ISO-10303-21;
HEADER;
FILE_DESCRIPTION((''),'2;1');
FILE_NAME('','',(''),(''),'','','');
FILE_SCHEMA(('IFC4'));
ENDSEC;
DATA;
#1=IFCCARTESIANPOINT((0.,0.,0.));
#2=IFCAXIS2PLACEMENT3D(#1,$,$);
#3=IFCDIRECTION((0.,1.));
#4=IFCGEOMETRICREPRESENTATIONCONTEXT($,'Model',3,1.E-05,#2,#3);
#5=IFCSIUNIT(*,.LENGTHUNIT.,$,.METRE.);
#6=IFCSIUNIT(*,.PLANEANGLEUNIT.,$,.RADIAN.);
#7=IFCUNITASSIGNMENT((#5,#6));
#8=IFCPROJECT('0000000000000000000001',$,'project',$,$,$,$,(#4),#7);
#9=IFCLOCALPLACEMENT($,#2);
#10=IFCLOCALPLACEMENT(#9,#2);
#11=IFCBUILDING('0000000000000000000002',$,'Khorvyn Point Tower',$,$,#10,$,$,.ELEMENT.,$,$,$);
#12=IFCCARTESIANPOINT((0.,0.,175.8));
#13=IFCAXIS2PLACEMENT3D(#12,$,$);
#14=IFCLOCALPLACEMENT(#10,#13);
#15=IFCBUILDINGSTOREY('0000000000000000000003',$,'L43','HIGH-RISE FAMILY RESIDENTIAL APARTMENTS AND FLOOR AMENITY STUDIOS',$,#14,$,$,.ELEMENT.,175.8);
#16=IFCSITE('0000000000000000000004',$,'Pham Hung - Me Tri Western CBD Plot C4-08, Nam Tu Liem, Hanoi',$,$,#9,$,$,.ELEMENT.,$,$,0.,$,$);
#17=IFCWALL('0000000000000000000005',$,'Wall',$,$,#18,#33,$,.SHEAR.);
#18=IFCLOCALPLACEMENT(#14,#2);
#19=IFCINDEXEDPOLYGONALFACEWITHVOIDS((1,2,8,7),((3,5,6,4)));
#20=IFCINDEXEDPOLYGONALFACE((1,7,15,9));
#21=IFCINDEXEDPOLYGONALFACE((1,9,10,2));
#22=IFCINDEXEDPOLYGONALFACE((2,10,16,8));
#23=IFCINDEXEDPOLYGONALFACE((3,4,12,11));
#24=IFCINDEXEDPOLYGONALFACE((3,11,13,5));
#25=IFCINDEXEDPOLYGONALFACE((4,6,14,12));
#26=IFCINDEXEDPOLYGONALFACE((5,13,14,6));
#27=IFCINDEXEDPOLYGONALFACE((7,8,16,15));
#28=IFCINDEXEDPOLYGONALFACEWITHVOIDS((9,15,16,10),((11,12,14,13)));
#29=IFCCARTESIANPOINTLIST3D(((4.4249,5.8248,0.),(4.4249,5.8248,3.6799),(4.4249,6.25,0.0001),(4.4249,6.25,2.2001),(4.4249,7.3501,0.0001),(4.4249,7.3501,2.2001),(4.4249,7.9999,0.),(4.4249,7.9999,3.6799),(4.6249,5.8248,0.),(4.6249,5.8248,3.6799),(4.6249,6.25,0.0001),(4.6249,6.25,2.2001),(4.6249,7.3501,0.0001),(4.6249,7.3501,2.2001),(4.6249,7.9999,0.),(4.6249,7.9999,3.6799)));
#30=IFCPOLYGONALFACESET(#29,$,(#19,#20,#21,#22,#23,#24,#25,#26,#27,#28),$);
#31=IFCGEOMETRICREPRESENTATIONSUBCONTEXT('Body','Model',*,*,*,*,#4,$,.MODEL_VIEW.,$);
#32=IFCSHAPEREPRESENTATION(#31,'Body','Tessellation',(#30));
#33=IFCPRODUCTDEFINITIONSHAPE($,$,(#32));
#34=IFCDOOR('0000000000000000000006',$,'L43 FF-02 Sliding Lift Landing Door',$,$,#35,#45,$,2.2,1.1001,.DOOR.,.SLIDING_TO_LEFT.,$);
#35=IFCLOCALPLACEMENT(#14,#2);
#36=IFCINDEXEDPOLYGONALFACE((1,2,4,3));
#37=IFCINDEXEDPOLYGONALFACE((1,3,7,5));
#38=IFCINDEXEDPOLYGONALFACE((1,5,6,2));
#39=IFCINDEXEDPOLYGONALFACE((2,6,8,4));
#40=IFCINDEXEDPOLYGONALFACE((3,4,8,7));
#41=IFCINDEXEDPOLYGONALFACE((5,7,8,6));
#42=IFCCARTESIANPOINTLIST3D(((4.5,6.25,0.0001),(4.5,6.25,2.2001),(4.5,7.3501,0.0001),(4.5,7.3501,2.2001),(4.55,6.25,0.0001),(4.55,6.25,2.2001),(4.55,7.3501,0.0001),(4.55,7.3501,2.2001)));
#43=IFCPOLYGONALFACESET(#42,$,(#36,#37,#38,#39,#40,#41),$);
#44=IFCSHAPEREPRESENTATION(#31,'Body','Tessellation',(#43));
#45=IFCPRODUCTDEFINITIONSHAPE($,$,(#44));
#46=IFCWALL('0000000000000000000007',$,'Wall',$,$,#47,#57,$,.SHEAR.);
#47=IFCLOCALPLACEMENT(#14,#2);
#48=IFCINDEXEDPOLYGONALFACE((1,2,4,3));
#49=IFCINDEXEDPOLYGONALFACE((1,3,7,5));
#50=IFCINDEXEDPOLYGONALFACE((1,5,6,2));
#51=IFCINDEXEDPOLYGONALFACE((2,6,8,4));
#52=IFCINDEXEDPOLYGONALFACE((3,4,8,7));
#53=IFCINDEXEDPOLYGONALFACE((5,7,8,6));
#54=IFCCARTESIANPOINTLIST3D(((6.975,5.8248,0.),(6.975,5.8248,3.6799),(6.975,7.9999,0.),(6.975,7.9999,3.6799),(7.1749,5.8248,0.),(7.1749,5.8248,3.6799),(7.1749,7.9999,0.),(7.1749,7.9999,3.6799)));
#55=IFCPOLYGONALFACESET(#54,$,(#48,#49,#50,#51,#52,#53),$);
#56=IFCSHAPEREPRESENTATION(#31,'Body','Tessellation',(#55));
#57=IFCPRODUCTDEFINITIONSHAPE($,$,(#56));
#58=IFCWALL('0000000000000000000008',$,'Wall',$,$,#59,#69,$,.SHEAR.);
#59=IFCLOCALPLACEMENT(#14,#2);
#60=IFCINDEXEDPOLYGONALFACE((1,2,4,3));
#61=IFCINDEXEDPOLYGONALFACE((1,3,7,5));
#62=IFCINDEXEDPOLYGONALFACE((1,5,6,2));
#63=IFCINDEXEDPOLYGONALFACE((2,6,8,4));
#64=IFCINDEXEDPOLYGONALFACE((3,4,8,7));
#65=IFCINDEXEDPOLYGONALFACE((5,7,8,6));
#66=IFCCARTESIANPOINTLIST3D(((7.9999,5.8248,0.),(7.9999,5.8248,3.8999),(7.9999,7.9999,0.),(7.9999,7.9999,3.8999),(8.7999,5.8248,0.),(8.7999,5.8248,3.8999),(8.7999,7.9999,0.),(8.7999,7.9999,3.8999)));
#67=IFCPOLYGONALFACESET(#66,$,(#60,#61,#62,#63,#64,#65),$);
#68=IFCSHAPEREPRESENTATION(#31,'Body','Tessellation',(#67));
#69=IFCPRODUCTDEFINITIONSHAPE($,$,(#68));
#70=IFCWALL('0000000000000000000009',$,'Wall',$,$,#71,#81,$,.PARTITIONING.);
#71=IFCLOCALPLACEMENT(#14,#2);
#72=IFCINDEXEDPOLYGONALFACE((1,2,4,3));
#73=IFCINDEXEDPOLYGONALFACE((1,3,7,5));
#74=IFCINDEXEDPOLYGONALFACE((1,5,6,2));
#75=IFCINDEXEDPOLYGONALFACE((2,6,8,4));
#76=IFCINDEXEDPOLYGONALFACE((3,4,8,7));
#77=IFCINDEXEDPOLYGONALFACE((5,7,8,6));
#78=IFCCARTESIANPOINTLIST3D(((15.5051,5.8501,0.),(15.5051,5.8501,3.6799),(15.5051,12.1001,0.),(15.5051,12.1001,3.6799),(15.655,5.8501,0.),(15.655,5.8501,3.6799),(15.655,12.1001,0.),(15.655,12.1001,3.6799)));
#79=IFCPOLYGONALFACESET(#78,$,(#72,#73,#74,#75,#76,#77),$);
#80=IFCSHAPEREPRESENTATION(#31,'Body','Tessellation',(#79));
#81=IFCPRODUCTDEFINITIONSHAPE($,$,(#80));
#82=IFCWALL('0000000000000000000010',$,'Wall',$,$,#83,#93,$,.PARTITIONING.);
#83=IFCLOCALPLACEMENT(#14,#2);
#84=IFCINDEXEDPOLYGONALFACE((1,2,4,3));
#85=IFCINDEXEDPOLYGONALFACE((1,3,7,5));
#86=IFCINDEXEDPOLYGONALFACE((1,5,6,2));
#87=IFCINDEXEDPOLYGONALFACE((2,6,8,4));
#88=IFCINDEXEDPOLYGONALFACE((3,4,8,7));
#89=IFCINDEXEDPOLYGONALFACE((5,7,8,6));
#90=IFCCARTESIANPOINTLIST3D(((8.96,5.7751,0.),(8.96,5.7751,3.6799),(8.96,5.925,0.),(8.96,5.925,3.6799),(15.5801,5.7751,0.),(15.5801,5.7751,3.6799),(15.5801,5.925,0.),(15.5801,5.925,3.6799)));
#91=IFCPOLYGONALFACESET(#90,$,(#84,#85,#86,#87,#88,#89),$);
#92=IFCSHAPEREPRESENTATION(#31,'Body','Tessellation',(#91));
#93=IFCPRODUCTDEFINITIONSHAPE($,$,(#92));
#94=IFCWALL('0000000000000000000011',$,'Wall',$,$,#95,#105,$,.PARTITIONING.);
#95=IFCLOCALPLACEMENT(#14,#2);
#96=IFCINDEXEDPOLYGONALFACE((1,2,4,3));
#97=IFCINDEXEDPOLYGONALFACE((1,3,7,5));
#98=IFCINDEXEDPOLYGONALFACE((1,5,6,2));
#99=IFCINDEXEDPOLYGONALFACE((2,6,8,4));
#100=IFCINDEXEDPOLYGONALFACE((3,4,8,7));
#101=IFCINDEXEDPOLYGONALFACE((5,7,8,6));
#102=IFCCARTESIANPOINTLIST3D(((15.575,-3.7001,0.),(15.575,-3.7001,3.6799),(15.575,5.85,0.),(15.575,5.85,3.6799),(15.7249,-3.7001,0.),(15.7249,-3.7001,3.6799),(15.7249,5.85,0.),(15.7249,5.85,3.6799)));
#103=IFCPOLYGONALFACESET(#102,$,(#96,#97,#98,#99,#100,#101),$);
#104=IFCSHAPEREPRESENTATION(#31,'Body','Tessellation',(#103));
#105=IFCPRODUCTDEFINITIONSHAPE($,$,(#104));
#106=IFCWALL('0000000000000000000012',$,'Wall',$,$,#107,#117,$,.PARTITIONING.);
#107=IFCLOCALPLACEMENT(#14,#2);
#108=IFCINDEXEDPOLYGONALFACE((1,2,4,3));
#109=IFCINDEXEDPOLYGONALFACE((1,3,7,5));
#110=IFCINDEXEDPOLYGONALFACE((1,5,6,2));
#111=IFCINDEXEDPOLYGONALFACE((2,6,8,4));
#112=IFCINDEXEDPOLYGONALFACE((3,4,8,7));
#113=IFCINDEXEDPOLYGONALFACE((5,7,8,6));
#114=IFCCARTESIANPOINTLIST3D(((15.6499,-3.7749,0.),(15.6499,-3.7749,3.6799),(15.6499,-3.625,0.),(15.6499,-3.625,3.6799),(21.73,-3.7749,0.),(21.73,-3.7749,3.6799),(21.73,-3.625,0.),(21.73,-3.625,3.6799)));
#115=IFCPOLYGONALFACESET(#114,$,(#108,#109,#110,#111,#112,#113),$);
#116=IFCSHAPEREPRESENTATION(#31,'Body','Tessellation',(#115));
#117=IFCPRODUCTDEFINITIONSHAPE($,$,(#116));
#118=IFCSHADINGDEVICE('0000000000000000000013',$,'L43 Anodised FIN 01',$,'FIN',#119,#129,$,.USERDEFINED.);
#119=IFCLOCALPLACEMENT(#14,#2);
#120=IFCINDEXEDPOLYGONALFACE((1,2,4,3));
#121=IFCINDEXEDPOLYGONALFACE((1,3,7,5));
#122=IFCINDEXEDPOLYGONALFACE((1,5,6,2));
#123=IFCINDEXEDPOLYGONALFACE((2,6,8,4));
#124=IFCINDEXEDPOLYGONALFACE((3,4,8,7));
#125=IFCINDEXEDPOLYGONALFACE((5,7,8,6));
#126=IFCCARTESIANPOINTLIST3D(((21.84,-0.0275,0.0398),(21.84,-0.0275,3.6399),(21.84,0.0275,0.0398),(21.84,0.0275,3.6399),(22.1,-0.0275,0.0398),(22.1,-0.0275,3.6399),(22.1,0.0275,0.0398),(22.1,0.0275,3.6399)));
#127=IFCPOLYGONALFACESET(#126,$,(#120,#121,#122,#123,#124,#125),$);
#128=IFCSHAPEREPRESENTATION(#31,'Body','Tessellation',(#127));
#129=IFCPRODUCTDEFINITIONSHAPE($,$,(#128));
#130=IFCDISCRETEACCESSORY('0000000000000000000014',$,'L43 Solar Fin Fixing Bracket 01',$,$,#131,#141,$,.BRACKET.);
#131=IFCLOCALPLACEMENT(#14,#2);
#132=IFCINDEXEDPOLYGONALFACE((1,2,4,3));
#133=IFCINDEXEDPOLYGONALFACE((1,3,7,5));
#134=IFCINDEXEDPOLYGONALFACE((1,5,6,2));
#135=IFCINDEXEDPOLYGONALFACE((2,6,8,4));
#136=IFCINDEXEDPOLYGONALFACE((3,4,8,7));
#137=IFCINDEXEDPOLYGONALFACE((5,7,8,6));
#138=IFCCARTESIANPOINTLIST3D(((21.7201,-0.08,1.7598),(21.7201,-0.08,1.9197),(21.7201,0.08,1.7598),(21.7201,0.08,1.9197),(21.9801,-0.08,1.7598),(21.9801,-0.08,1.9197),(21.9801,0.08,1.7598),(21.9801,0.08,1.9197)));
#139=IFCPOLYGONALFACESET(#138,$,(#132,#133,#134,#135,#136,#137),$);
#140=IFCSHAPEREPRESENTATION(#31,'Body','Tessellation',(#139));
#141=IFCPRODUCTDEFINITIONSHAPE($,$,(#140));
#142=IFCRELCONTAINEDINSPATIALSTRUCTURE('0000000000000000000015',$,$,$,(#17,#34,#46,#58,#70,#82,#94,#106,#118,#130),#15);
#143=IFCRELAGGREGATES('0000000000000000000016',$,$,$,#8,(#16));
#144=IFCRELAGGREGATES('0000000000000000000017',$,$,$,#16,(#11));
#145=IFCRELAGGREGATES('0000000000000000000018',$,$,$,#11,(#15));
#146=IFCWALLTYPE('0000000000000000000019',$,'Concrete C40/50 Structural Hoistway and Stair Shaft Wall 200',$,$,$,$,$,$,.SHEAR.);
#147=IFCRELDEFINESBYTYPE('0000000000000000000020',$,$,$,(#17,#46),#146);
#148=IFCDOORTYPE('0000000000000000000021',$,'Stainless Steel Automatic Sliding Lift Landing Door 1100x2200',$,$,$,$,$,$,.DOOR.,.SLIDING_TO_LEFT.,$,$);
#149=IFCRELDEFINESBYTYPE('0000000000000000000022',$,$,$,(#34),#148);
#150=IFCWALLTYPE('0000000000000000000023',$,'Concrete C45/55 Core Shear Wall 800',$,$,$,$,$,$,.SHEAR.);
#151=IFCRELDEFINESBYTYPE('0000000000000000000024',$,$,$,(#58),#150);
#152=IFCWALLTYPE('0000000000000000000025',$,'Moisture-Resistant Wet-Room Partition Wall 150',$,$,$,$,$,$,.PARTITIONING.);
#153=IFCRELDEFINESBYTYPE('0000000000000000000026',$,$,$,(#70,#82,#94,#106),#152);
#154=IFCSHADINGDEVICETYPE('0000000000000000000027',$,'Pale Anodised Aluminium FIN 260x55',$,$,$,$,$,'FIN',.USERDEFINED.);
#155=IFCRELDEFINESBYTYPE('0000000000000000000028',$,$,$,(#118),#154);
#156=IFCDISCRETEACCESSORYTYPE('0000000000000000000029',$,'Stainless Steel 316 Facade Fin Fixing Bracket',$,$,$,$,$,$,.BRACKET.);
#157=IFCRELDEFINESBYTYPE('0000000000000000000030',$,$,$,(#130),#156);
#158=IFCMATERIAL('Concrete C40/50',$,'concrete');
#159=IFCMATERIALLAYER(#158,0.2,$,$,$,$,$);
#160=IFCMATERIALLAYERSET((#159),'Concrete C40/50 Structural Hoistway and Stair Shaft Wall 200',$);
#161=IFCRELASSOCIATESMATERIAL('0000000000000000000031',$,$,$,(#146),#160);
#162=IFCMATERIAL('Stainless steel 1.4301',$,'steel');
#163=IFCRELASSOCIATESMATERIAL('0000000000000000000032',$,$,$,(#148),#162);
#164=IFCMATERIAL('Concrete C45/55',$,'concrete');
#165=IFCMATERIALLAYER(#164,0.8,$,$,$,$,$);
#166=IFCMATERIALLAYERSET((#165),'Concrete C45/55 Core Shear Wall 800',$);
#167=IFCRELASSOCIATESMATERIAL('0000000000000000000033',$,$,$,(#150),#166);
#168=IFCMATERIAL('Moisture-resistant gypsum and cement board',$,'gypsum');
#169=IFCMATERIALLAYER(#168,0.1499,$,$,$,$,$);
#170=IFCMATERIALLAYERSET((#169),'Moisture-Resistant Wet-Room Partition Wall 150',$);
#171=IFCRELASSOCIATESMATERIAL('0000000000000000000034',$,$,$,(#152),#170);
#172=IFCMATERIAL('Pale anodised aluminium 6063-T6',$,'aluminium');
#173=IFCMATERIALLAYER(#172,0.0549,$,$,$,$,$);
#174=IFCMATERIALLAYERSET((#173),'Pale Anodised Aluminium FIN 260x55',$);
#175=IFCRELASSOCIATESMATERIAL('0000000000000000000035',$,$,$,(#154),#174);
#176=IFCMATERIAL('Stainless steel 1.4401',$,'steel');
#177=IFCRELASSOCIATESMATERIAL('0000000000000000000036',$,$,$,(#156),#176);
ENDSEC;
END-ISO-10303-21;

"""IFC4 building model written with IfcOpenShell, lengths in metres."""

from ifc_helpers import new_model, si_unit, direction, frame, frame_2d, origin, origin_2d, place, context, subcontext, project, spatial, rectangle, extrude, material, layer, layer_set, type_object, element, fill, save


model = new_model("IFC4")

# Units and contexts
model_context = context("Model", 3, precision=1e-05, world=origin(), true_north=direction((0.0, 1.0)))
body_context = subcontext(model_context, "Body", "Model", "MODEL_VIEW")
ifc_project = project(units=[si_unit("LENGTHUNIT", "METRE"), si_unit("PLANEANGLEUNIT", "RADIAN")], contexts=[model_context])

# Site, building, storey
site_placement = place(None, origin())
site = spatial("IfcSite", under=ifc_project, at=site_placement, Name="Pham Hung - Me Tri Western CBD Plot C4-08, Nam Tu Liem, Hanoi", CompositionType="ELEMENT", RefElevation=0.0)
building_placement = place(site_placement, origin())
building = spatial("IfcBuilding", under=site, at=building_placement, Name="Khorvyn Point Tower", CompositionType="ELEMENT")
storey_placement = place(building_placement, frame((0.0, 0.0, 175.8)))
storey = spatial("IfcBuildingStorey", under=building, at=storey_placement, Name="L43", Description="HIGH-RISE FAMILY RESIDENTIAL APARTMENTS AND FLOOR AMENITY STUDIOS", CompositionType="ELEMENT", Elevation=175.8)

# Shared definitions
ifc_material_1 = material(Name="Concrete C45/55", Category="concrete")

# Shared definitions
ifc_material_2 = material(Name="Concrete C40/50", Category="concrete")

# Wall, opening, door
ifc_layer_1 = layer(ifc_material_2, 0.2)
ifc_layer_set_1 = layer_set([ifc_layer_1], Name="Concrete C40/50 Structural Hoistway and Stair Shaft Wall 200")
wall_type_1 = type_object("IfcWallType", Name="Concrete C40/50 Structural Hoistway and Stair Shaft Wall 200", PredefinedType="SHEAR", material=ifc_layer_set_1)
wall_1_placement = place(storey_placement, frame((4.5249, 5.825, 0.0), z_axis=(0.0, 0.0, 1.0), x_axis=(0.0, 1.0, 0.0)))
wall_1 = element("IfcWall", 1, at=wall_1_placement, inside=storey, type_object=wall_type_1, Name="Wall", PredefinedType="SHEAR", context=body_context, shape_type="SweptSolid", body=[
    extrude(rectangle(XDim=2.175, YDim=0.2, at=frame_2d((1.0874, 0.0))), origin(), (0.0, 0.0, 1.0), 3.6799),
])
opening_1_placement = place(wall_1_placement, frame((0.425, 0.0, 0.0)))
opening_1 = element("IfcOpeningElement", 2, at=opening_1_placement, cuts=wall_1, PredefinedType="OPENING", context=body_context, shape_type="SweptSolid", body=[
    extrude(rectangle(XDim=1.1001, YDim=2.2, at=frame_2d((0.55, 1.1001))), frame((0.0, 0.1099, 0.0), z_axis=(0.0, -1.0, 0.0), x_axis=(1.0, 0.0, 0.0)), (0.0, 0.0, 1.0), 0.22),
])
ifc_material_3 = material(Name="Stainless steel 1.4301", Category="steel")
door_type_1 = type_object("IfcDoorType", Name="Stainless Steel Automatic Sliding Lift Landing Door 1100x2200", OperationType="SLIDING_TO_LEFT", PredefinedType="DOOR", material=ifc_material_3)
door_1_placement = place(opening_1_placement, origin())
door_1 = element("IfcDoor", 3, at=door_1_placement, inside=storey, type_object=door_type_1, Name="L43 FF-02 Sliding Lift Landing Door", OperationType="SLIDING_TO_LEFT", OverallHeight=2.2, OverallWidth=1.1001, PredefinedType="DOOR", context=body_context, shape_type="SweptSolid", body=[
    extrude(rectangle(XDim=1.1001, YDim=2.2, at=frame_2d((0.55, 1.1001))), frame((0.0, 0.0249, 0.0), z_axis=(0.0, -1.0, 0.0), x_axis=(1.0, 0.0, 0.0)), (0.0, 0.0, 1.0), 0.05),
])
fill(opening_1, door_1)

# Walls
wall_2_placement = place(storey_placement, frame((7.075, 5.825, 0.0), z_axis=(0.0, 0.0, 1.0), x_axis=(0.0, 1.0, 0.0)))
element("IfcWall", 4, at=wall_2_placement, inside=storey, type_object=wall_type_1, Name="Wall", PredefinedType="SHEAR", context=body_context, shape_type="SweptSolid", body=[
    extrude(rectangle(XDim=2.175, YDim=0.2, at=frame_2d((1.0874, 0.0))), origin(), (0.0, 0.0, 1.0), 3.6799),
])
ifc_layer_2 = layer(ifc_material_1, 0.8)
ifc_layer_set_2 = layer_set([ifc_layer_2], Name="Concrete C45/55 Core Shear Wall 800")
wall_type_2 = type_object("IfcWallType", Name="Concrete C45/55 Core Shear Wall 800", PredefinedType="SHEAR", material=ifc_layer_set_2)
wall_3_placement = place(storey_placement, frame((8.3999, 5.825, 0.0), z_axis=(0.0, 0.0, 1.0), x_axis=(0.0, 1.0, 0.0)))
element("IfcWall", 5, at=wall_3_placement, inside=storey, type_object=wall_type_2, Name="Wall", PredefinedType="SHEAR", context=body_context, shape_type="SweptSolid", body=[
    extrude(rectangle(XDim=2.175, YDim=0.8, at=frame_2d((1.0874, 0.0))), origin(), (0.0, 0.0, 1.0), 3.8999),
])
ifc_material_4 = material(Name="Moisture-resistant gypsum and cement board", Category="gypsum")
ifc_layer_3 = layer(ifc_material_4, 0.1499)
ifc_layer_set_3 = layer_set([ifc_layer_3], Name="Moisture-Resistant Wet-Room Partition Wall 150")
wall_type_3 = type_object("IfcWallType", Name="Moisture-Resistant Wet-Room Partition Wall 150", PredefinedType="PARTITIONING", material=ifc_layer_set_3)
wall_4_placement = place(storey_placement, frame((15.5801, 5.8501, 0.0), z_axis=(0.0, 0.0, 1.0), x_axis=(0.0, 1.0, 0.0)))
element("IfcWall", 6, at=wall_4_placement, inside=storey, type_object=wall_type_3, Name="Wall", PredefinedType="PARTITIONING", context=body_context, shape_type="SweptSolid", body=[
    extrude(rectangle(XDim=6.25, YDim=0.1499, at=frame_2d((3.125, 0.0))), origin(), (0.0, 0.0, 1.0), 3.6799),
])
wall_5_placement = place(storey_placement, frame((8.96, 5.8501, 0.0), z_axis=(0.0, 0.0, 1.0), x_axis=(1.0, 0.0, 0.0)))
element("IfcWall", 7, at=wall_5_placement, inside=storey, type_object=wall_type_3, Name="Wall", PredefinedType="PARTITIONING", context=body_context, shape_type="SweptSolid", body=[
    extrude(rectangle(XDim=6.6201, YDim=0.1499, at=frame_2d((3.3101, 0.0))), origin(), (0.0, 0.0, 1.0), 3.6799),
])
wall_6_placement = place(storey_placement, frame((15.6499, -3.7, 0.0), z_axis=(0.0, 0.0, 1.0), x_axis=(0.0, 1.0, 0.0)))
element("IfcWall", 8, at=wall_6_placement, inside=storey, type_object=wall_type_3, Name="Wall", PredefinedType="PARTITIONING", context=body_context, shape_type="SweptSolid", body=[
    extrude(rectangle(XDim=9.55, YDim=0.1499, at=frame_2d((4.7749, 0.0))), origin(), (0.0, 0.0, 1.0), 3.6799),
])
wall_7_placement = place(storey_placement, frame((15.6499, -3.7, 0.0), z_axis=(0.0, 0.0, 1.0), x_axis=(1.0, 0.0, 0.0)))
element("IfcWall", 9, at=wall_7_placement, inside=storey, type_object=wall_type_3, Name="Wall", PredefinedType="PARTITIONING", context=body_context, shape_type="SweptSolid", body=[
    extrude(rectangle(XDim=6.0801, YDim=0.1499, at=frame_2d((3.04, 0.0))), origin(), (0.0, 0.0, 1.0), 3.6799),
])

# Shading device
ifc_material_5 = material(Name="Pale anodised aluminium 6063-T6", Category="aluminium")
ifc_layer_4 = layer(ifc_material_5, 0.0549)
ifc_layer_set_4 = layer_set([ifc_layer_4], Name="Pale Anodised Aluminium FIN 260x55")
shading_device_type = type_object("IfcShadingDeviceType", Name="Pale Anodised Aluminium FIN 260x55", ElementType="FIN", PredefinedType="USERDEFINED", material=ifc_layer_set_4)
shading_device_placement = place(storey_placement, frame((21.97, 0.0, 0.0398), z_axis=(0.0, 0.0, 1.0), x_axis=(1.0, 0.0, 0.0)))
element("IfcShadingDevice", 10, at=shading_device_placement, inside=storey, type_object=shading_device_type, Name="L43 Anodised FIN 01", ObjectType="FIN", PredefinedType="USERDEFINED", context=body_context, shape_type="SweptSolid", body=[
    extrude(rectangle(XDim=0.26, YDim=0.0549, at=origin_2d()), origin(), (0.0, 0.0, 1.0), 3.6001),
])

# Discrete accessory
ifc_material_6 = material(Name="Stainless steel 1.4401", Category="steel")
discrete_accessory_type = type_object("IfcDiscreteAccessoryType", Name="Stainless Steel 316 Facade Fin Fixing Bracket", PredefinedType="BRACKET", material=ifc_material_6)
discrete_accessory_placement = place(storey_placement, frame((21.8501, 0.0, 1.7598), z_axis=(0.0, 0.0, 1.0), x_axis=(0.0, -1.0, 0.0)))
element("IfcDiscreteAccessory", 11, at=discrete_accessory_placement, inside=storey, type_object=discrete_accessory_type, Name="L43 Solar Fin Fixing Bracket 01", PredefinedType="BRACKET", context=body_context, shape_type="SweptSolid", body=[
    extrude(rectangle(XDim=0.1599, YDim=0.26, at=origin_2d()), origin(), (0.0, 0.0, 1.0), 0.1599),
])

save(model, "model.ifc")
